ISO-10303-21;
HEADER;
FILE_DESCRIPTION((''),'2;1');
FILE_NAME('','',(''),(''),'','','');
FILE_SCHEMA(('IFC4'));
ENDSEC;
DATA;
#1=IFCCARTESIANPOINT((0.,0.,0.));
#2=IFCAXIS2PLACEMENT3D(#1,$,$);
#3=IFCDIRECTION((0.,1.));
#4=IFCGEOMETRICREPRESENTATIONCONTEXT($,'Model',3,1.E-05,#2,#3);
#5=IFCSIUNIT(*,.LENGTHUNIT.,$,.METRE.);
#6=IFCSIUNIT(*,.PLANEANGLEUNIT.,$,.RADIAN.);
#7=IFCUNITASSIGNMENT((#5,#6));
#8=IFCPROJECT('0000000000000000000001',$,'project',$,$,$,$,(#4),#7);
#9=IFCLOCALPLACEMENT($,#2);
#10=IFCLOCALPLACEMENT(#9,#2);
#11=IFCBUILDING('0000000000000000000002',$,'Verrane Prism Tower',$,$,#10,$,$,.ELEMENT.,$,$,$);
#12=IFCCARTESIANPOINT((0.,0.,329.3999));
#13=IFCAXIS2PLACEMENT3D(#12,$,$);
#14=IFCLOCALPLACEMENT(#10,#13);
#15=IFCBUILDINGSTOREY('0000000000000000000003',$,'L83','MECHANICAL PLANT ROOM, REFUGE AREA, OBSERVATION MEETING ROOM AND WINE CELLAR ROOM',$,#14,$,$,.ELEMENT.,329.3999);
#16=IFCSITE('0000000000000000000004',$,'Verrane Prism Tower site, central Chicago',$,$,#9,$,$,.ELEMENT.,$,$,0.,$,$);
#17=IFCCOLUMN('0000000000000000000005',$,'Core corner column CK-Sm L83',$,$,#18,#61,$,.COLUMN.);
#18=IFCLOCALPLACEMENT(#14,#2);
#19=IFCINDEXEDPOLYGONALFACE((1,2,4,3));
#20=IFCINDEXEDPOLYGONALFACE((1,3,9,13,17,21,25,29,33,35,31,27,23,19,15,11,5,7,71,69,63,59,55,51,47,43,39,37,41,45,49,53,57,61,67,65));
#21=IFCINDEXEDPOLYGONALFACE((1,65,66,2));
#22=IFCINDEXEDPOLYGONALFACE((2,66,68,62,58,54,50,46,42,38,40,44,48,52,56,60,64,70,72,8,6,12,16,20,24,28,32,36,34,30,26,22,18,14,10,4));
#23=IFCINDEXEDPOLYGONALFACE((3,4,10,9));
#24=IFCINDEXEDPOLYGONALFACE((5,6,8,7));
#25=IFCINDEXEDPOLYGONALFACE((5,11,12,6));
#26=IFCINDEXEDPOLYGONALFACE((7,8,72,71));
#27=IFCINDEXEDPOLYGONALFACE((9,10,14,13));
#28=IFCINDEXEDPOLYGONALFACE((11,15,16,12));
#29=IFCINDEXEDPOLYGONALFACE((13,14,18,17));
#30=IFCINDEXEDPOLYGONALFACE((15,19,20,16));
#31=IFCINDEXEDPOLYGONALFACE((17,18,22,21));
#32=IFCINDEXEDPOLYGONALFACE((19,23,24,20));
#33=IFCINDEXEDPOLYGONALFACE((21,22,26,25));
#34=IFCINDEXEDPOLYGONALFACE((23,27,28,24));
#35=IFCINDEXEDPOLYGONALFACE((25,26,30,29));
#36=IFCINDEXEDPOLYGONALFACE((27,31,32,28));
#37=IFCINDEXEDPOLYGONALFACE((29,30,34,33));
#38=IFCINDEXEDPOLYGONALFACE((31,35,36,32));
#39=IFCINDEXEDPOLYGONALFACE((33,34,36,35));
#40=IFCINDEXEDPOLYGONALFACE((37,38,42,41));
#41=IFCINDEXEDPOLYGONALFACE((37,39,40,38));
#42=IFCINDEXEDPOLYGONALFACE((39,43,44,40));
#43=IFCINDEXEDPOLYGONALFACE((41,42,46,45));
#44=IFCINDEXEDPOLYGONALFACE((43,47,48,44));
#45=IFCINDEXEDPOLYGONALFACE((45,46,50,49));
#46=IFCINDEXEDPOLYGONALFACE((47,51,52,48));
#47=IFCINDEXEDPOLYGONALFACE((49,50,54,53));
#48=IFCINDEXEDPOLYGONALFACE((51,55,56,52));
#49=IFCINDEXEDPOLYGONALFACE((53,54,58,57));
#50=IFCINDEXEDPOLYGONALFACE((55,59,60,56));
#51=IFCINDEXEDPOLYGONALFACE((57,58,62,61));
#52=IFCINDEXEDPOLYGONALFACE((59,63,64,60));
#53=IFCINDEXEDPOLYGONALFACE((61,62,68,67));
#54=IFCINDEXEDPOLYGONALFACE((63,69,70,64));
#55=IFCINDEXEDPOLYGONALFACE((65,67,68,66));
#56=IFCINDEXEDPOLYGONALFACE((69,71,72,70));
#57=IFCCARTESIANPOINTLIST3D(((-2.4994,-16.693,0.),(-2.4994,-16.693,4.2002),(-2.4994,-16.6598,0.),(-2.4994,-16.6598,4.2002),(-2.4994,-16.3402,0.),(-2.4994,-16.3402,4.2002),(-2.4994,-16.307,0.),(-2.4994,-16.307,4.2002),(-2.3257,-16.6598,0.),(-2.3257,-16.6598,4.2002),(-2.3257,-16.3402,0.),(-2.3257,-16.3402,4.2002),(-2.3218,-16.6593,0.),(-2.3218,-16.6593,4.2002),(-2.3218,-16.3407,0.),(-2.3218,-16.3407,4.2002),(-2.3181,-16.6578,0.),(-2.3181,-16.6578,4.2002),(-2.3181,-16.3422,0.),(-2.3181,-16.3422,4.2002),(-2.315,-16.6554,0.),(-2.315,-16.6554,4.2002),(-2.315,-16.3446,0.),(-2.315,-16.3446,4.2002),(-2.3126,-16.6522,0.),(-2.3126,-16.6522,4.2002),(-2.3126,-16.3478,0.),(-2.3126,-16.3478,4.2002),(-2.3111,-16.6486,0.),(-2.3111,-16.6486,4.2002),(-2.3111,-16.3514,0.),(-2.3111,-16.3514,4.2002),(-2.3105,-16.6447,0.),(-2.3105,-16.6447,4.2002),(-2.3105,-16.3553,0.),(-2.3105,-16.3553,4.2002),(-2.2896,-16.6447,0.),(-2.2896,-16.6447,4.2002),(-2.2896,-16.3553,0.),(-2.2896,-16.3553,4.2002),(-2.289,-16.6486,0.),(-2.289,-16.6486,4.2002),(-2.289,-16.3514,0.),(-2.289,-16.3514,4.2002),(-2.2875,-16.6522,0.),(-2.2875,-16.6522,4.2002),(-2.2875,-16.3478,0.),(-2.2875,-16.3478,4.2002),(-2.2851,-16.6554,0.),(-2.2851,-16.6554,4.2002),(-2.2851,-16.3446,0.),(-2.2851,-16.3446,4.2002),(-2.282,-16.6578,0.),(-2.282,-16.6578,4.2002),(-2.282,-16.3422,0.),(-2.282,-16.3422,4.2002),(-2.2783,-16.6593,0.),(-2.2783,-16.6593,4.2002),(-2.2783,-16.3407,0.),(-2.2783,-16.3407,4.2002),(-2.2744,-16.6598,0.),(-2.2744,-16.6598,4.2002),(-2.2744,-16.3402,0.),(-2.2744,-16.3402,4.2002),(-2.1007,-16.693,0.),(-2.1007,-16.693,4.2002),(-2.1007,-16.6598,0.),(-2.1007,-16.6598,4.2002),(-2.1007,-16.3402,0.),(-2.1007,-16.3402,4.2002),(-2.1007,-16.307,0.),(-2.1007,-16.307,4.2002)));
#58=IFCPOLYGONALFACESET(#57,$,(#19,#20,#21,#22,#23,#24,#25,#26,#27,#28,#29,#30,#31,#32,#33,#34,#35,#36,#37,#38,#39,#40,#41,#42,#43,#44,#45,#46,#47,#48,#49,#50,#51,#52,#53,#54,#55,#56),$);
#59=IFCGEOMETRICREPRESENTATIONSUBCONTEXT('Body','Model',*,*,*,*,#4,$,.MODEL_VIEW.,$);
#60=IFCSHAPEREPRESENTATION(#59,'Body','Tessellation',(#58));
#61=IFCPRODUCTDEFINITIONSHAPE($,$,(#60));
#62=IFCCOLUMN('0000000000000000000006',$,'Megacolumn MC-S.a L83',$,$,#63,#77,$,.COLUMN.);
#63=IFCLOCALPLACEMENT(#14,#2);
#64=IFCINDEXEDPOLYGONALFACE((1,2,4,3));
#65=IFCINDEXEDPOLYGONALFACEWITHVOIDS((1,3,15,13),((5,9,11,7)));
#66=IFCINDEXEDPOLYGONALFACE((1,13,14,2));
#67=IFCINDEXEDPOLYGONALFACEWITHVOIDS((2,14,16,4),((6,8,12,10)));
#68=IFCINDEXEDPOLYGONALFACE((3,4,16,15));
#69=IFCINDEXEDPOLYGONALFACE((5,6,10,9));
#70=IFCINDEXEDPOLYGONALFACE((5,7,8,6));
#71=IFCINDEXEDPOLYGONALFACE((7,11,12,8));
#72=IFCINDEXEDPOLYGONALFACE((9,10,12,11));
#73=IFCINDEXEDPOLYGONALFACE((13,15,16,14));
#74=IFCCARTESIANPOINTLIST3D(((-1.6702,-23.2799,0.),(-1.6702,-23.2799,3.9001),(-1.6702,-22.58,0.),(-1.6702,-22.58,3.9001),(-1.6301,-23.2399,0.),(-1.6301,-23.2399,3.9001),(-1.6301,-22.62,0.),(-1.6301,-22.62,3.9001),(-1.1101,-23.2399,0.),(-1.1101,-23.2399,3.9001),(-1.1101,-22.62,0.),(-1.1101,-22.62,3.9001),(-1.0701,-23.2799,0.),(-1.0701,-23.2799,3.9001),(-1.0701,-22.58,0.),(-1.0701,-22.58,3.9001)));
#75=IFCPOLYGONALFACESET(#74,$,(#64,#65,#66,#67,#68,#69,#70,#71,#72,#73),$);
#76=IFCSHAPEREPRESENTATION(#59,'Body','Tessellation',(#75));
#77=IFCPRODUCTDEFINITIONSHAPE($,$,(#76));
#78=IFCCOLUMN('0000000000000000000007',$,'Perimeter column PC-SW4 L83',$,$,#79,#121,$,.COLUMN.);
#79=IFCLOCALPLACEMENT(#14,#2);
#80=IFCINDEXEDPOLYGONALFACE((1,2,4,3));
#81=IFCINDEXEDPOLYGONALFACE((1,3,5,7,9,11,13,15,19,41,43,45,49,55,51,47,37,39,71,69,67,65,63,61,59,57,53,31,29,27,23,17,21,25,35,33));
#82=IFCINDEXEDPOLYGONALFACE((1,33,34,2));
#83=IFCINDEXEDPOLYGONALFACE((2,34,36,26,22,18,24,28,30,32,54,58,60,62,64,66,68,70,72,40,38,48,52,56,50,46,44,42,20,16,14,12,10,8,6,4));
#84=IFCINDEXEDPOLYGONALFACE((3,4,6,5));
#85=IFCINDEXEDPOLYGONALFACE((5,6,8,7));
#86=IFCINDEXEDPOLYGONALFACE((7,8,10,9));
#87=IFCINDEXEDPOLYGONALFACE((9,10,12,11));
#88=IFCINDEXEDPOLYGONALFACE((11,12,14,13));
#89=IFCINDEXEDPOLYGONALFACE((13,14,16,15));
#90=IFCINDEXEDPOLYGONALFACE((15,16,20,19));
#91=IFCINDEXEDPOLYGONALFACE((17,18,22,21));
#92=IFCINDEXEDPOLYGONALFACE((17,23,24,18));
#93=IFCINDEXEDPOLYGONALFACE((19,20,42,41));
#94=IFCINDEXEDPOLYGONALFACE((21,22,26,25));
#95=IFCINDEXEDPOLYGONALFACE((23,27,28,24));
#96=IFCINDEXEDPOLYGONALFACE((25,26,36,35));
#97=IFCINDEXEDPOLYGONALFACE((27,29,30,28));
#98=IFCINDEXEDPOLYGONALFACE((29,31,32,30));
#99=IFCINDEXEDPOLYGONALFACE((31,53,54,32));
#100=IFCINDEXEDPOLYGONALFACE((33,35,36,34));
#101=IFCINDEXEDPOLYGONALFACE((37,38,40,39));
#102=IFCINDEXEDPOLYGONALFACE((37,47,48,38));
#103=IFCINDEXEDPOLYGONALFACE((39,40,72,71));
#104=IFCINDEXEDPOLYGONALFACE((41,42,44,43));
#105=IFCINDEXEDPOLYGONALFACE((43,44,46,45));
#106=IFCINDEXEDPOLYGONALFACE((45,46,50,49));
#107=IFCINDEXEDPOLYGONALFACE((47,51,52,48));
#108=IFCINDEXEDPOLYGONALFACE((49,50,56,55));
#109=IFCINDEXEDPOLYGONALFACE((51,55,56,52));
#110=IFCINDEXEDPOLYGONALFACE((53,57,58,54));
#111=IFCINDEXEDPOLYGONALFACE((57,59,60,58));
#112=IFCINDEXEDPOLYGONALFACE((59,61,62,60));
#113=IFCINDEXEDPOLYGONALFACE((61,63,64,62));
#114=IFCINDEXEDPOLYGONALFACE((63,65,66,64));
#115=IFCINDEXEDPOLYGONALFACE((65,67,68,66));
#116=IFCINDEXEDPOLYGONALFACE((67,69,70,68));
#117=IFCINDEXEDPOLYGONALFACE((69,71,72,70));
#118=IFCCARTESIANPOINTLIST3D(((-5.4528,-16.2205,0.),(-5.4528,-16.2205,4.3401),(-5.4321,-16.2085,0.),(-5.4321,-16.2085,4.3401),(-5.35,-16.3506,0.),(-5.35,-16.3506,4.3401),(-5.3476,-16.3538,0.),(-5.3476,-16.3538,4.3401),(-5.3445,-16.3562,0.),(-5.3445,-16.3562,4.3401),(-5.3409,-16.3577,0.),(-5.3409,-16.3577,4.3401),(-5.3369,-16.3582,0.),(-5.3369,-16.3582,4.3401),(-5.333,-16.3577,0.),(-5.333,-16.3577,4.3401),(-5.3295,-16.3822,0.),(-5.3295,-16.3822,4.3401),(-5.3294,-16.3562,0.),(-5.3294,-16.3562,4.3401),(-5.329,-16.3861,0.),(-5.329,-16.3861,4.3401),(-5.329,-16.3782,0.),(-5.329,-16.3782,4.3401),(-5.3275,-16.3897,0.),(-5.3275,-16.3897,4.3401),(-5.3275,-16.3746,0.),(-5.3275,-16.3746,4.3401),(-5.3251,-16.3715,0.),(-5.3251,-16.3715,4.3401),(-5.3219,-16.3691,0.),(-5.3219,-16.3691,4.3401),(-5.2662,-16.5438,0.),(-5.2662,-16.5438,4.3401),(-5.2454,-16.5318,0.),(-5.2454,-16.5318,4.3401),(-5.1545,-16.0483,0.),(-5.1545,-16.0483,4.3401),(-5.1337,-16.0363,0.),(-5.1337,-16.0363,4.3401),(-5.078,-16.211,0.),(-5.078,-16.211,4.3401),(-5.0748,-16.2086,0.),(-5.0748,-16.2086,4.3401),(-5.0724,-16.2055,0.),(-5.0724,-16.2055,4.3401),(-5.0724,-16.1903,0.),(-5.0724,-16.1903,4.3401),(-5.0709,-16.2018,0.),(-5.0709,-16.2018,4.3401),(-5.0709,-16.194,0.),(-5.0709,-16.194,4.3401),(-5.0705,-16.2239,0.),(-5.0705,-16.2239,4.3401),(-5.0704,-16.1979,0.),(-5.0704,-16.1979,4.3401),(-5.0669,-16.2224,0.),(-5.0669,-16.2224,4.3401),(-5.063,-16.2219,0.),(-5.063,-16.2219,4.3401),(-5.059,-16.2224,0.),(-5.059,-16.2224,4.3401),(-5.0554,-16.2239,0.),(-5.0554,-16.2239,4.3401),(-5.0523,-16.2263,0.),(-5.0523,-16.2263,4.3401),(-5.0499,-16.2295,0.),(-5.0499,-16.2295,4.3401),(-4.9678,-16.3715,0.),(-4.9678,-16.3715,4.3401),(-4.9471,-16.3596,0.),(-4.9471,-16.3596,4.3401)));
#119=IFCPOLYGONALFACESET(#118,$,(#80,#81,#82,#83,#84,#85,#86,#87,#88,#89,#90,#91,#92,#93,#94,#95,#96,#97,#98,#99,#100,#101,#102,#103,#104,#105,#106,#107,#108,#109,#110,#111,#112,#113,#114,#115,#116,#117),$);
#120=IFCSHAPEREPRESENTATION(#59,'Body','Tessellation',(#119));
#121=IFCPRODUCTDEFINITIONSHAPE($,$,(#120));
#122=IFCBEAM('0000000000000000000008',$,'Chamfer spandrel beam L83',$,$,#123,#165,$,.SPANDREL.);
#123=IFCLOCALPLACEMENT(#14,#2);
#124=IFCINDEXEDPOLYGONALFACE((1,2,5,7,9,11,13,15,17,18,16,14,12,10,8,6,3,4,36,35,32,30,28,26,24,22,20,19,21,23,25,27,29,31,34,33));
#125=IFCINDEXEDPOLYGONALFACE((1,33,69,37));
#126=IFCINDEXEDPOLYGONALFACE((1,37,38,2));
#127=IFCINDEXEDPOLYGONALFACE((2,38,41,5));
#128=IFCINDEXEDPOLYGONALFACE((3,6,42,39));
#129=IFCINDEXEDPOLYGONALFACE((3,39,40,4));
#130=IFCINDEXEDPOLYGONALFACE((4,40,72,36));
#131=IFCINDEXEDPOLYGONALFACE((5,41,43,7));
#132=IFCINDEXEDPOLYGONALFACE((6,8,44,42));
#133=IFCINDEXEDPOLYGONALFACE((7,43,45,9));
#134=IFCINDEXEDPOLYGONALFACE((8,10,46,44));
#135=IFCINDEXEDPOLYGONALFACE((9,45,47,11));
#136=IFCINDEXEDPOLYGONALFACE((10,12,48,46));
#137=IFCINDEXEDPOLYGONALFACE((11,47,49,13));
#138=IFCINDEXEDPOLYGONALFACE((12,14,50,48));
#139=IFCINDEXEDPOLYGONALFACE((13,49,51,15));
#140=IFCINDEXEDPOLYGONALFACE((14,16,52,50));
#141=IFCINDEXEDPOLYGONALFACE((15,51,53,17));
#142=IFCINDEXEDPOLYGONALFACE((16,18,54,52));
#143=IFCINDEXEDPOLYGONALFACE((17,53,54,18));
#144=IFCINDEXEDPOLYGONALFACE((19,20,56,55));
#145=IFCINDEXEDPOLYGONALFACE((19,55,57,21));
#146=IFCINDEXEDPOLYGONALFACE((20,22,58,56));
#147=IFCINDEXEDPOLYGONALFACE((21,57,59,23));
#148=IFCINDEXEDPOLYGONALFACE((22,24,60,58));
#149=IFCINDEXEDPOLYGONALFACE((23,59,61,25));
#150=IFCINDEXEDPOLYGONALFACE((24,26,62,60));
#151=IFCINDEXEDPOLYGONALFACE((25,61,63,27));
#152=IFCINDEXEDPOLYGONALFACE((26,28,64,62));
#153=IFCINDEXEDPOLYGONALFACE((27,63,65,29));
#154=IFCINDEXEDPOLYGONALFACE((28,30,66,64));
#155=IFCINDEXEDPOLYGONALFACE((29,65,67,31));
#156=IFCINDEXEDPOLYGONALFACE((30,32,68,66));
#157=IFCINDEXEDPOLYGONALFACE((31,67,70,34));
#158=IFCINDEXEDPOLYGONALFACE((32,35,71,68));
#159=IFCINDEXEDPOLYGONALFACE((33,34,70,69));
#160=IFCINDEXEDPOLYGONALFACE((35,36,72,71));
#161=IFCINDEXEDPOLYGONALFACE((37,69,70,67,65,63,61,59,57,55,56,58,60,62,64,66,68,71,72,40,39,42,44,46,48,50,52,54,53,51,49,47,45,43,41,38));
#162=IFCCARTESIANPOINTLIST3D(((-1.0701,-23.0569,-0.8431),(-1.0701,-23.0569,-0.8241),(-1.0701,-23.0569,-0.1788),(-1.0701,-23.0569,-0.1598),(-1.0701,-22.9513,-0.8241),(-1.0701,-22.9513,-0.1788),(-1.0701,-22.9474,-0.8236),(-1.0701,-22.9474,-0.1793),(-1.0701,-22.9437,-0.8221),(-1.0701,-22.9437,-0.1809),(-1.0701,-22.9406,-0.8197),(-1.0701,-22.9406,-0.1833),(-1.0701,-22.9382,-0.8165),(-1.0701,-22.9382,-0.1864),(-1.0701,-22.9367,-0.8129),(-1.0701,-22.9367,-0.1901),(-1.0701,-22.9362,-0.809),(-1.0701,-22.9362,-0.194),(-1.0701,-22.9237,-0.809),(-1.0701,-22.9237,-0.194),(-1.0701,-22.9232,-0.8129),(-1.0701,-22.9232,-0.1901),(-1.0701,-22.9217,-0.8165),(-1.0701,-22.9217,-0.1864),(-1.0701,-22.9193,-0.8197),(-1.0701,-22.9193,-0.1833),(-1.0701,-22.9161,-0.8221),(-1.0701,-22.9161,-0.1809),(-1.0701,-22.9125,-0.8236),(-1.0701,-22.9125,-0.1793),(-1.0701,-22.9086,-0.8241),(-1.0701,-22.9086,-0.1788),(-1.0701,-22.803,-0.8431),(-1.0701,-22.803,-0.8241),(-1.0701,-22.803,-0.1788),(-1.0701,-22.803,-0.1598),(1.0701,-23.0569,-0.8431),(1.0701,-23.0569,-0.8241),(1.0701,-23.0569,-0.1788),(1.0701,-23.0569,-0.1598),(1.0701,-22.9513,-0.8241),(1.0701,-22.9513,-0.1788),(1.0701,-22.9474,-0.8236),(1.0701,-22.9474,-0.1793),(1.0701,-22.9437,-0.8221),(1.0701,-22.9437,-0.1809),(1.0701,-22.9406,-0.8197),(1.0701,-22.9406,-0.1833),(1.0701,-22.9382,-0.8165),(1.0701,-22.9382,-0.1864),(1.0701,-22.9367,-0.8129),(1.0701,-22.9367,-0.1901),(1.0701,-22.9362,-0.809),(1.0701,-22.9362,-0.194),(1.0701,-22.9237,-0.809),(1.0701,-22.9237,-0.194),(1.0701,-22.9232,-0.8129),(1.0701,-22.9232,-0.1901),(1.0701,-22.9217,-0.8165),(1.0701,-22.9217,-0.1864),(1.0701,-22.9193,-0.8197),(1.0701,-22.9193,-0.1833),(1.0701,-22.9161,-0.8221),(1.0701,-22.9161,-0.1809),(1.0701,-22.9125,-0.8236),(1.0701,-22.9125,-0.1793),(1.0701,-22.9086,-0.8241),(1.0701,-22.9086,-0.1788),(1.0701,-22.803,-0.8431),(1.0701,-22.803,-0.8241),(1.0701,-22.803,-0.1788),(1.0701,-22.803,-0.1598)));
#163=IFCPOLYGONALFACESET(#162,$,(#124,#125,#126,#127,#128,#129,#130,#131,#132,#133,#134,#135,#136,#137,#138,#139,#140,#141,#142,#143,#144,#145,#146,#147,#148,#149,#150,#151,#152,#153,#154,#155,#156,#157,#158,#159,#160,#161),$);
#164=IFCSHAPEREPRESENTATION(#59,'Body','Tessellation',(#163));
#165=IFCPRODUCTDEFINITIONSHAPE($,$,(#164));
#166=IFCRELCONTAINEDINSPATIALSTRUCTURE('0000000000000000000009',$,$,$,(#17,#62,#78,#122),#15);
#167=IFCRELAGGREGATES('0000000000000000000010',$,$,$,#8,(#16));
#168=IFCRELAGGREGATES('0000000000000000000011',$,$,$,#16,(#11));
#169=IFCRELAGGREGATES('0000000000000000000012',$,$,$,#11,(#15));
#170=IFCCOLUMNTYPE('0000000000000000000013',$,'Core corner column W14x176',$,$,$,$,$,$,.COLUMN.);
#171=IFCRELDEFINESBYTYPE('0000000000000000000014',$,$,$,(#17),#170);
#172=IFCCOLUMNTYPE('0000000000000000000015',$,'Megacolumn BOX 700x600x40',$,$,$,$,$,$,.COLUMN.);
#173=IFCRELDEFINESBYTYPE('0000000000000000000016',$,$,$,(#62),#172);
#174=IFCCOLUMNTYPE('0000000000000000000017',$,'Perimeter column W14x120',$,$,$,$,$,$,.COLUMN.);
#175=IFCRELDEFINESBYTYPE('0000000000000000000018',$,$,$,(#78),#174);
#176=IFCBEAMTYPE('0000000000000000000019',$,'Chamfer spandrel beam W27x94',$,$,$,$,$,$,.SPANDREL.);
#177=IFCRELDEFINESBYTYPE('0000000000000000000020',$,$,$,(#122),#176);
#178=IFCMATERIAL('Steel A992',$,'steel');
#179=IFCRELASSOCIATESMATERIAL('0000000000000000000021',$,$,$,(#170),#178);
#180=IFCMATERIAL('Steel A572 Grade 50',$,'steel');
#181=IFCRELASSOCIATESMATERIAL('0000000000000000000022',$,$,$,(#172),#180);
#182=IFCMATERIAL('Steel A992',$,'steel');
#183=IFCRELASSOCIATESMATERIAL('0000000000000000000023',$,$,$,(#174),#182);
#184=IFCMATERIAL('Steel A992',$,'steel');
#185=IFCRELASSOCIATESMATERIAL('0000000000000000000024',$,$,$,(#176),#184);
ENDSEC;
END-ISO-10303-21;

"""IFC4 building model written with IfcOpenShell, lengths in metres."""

from ifc_helpers import new_model, si_unit, direction, frame, origin, origin_2d, place, context, subcontext, project, spatial, hollow_rectangle, i_section, extrude, material, material_profile, profile_set, type_object, element, save


model = new_model("IFC4")

# Units and contexts
model_context = context("Model", 3, precision=1e-05, world=origin(), true_north=direction((0.0, 1.0)))
body_context = subcontext(model_context, "Body", "Model", "MODEL_VIEW")
ifc_project = project(units=[si_unit("LENGTHUNIT", "METRE"), si_unit("PLANEANGLEUNIT", "RADIAN")], contexts=[model_context])

# Site, building, storey
site_placement = place(None, origin())
site = spatial("IfcSite", under=ifc_project, at=site_placement, Name="Verrane Prism Tower site, central Chicago", CompositionType="ELEMENT", RefElevation=0.0)
building_placement = place(site_placement, origin())
building = spatial("IfcBuilding", under=site, at=building_placement, Name="Verrane Prism Tower", CompositionType="ELEMENT")
storey_placement = place(building_placement, frame((0.0, 0.0, 329.3999)))
storey = spatial("IfcBuildingStorey", under=building, at=storey_placement, Name="L83", Description="MECHANICAL PLANT ROOM, REFUGE AREA, OBSERVATION MEETING ROOM AND WINE CELLAR ROOM", CompositionType="ELEMENT", Elevation=329.3999)

# Columns
ifc_material_1 = material(Name="Steel A992", Category="steel")
ifc_material_profile_1 = material_profile(ifc_material_1, i_section(OverallWidth=0.3987, OverallDepth=0.386, WebThickness=0.021, FlangeThickness=0.0332, FilletRadius=0.0151, at=origin_2d()), Name="W14x176")
ifc_profile_set_1 = profile_set([ifc_material_profile_1], Name="Steel A992")
column_type_1 = type_object("IfcColumnType", Name="Core corner column W14x176", PredefinedType="COLUMN", material=ifc_profile_set_1)
column_1_placement = place(storey_placement, frame((-2.3, -16.5, 0.0), z_axis=(0.0, 0.0, 1.0), x_axis=(-1.0, 0.0, 0.0)))
element("IfcColumn", 1, at=column_1_placement, inside=storey, type_object=column_type_1, Name="Core corner column CK-Sm L83", PredefinedType="COLUMN", context=body_context, shape_type="SweptSolid", body=[
    extrude(i_section(OverallWidth=0.3987, OverallDepth=0.386, WebThickness=0.021, FlangeThickness=0.0332, FilletRadius=0.0151, at=origin_2d()), origin(), (0.0, 0.0, 1.0), 4.2002),
])
ifc_material_2 = material(Name="Steel A572 Grade 50", Category="steel")
ifc_material_profile_2 = material_profile(ifc_material_2, hollow_rectangle(XDim=0.6001, YDim=0.7, WallThickness=0.04, at=origin_2d()), Name="BOX 700x600x40")
ifc_profile_set_2 = profile_set([ifc_material_profile_2], Name="Steel A572 Grade 50")
column_type_2 = type_object("IfcColumnType", Name="Megacolumn BOX 700x600x40", PredefinedType="COLUMN", material=ifc_profile_set_2)
column_2_placement = place(storey_placement, frame((-1.3701, -22.9299, 0.0), z_axis=(0.0, 0.0, 1.0), x_axis=(-1.0, 0.0, 0.0)))
element("IfcColumn", 2, at=column_2_placement, inside=storey, type_object=column_type_2, Name="Megacolumn MC-S.a L83", PredefinedType="COLUMN", context=body_context, shape_type="SweptSolid", body=[
    extrude(hollow_rectangle(XDim=0.6001, YDim=0.7, WallThickness=0.04, at=origin_2d()), origin(), (0.0, 0.0, 1.0), 3.9001),
])
ifc_material_3 = material(Name="Steel A992", Category="steel")
ifc_material_profile_3 = material_profile(ifc_material_3, i_section(OverallWidth=0.3733, OverallDepth=0.3684, WebThickness=0.0149, FlangeThickness=0.0239, FilletRadius=0.0151, at=origin_2d()), Name="W14x120")
ifc_profile_set_3 = profile_set([ifc_material_profile_3], Name="Steel A992")
column_type_3 = type_object("IfcColumnType", Name="Perimeter column W14x120", PredefinedType="COLUMN", material=ifc_profile_set_3)
column_3_placement = place(storey_placement, frame((-5.2, -16.29, 0.0), z_axis=(0.0, 0.0, 1.0), x_axis=(-0.5, 0.866025, 0.0)))
element("IfcColumn", 3, at=column_3_placement, inside=storey, type_object=column_type_3, Name="Perimeter column PC-SW4 L83", PredefinedType="COLUMN", context=body_context, shape_type="SweptSolid", body=[
    extrude(i_section(OverallWidth=0.3733, OverallDepth=0.3684, WebThickness=0.0149, FlangeThickness=0.0239, FilletRadius=0.0151, at=origin_2d()), origin(), (0.0, 0.0, 1.0), 4.3401),
])

# Beam
ifc_material_4 = material(Name="Steel A992", Category="steel")
ifc_material_profile_4 = material_profile(ifc_material_4, i_section(OverallWidth=0.2539, OverallDepth=0.6833, WebThickness=0.0125, FlangeThickness=0.019, FilletRadius=0.0151, at=origin_2d()), Name="W27x94")
ifc_profile_set_4 = profile_set([ifc_material_profile_4], Name="Steel A992")
beam_type_1 = type_object("IfcBeamType", Name="Chamfer spandrel beam W27x94", PredefinedType="SPANDREL", material=ifc_profile_set_4)
beam_1_placement = place(storey_placement, frame((-1.0701, -22.9299, -0.5015), z_axis=(1.0, 0.0, 0.0), x_axis=(0.0, 1.0, 0.0)))
element("IfcBeam", 4, at=beam_1_placement, inside=storey, type_object=beam_type_1, Name="Chamfer spandrel beam L83", PredefinedType="SPANDREL", context=body_context, shape_type="SweptSolid", body=[
    extrude(i_section(OverallWidth=0.2539, OverallDepth=0.6833, WebThickness=0.0125, FlangeThickness=0.019, FilletRadius=0.0151, at=origin_2d()), origin(), (0.0, 0.0, 1.0), 2.1401),
])

save(model, "model.ifc")
